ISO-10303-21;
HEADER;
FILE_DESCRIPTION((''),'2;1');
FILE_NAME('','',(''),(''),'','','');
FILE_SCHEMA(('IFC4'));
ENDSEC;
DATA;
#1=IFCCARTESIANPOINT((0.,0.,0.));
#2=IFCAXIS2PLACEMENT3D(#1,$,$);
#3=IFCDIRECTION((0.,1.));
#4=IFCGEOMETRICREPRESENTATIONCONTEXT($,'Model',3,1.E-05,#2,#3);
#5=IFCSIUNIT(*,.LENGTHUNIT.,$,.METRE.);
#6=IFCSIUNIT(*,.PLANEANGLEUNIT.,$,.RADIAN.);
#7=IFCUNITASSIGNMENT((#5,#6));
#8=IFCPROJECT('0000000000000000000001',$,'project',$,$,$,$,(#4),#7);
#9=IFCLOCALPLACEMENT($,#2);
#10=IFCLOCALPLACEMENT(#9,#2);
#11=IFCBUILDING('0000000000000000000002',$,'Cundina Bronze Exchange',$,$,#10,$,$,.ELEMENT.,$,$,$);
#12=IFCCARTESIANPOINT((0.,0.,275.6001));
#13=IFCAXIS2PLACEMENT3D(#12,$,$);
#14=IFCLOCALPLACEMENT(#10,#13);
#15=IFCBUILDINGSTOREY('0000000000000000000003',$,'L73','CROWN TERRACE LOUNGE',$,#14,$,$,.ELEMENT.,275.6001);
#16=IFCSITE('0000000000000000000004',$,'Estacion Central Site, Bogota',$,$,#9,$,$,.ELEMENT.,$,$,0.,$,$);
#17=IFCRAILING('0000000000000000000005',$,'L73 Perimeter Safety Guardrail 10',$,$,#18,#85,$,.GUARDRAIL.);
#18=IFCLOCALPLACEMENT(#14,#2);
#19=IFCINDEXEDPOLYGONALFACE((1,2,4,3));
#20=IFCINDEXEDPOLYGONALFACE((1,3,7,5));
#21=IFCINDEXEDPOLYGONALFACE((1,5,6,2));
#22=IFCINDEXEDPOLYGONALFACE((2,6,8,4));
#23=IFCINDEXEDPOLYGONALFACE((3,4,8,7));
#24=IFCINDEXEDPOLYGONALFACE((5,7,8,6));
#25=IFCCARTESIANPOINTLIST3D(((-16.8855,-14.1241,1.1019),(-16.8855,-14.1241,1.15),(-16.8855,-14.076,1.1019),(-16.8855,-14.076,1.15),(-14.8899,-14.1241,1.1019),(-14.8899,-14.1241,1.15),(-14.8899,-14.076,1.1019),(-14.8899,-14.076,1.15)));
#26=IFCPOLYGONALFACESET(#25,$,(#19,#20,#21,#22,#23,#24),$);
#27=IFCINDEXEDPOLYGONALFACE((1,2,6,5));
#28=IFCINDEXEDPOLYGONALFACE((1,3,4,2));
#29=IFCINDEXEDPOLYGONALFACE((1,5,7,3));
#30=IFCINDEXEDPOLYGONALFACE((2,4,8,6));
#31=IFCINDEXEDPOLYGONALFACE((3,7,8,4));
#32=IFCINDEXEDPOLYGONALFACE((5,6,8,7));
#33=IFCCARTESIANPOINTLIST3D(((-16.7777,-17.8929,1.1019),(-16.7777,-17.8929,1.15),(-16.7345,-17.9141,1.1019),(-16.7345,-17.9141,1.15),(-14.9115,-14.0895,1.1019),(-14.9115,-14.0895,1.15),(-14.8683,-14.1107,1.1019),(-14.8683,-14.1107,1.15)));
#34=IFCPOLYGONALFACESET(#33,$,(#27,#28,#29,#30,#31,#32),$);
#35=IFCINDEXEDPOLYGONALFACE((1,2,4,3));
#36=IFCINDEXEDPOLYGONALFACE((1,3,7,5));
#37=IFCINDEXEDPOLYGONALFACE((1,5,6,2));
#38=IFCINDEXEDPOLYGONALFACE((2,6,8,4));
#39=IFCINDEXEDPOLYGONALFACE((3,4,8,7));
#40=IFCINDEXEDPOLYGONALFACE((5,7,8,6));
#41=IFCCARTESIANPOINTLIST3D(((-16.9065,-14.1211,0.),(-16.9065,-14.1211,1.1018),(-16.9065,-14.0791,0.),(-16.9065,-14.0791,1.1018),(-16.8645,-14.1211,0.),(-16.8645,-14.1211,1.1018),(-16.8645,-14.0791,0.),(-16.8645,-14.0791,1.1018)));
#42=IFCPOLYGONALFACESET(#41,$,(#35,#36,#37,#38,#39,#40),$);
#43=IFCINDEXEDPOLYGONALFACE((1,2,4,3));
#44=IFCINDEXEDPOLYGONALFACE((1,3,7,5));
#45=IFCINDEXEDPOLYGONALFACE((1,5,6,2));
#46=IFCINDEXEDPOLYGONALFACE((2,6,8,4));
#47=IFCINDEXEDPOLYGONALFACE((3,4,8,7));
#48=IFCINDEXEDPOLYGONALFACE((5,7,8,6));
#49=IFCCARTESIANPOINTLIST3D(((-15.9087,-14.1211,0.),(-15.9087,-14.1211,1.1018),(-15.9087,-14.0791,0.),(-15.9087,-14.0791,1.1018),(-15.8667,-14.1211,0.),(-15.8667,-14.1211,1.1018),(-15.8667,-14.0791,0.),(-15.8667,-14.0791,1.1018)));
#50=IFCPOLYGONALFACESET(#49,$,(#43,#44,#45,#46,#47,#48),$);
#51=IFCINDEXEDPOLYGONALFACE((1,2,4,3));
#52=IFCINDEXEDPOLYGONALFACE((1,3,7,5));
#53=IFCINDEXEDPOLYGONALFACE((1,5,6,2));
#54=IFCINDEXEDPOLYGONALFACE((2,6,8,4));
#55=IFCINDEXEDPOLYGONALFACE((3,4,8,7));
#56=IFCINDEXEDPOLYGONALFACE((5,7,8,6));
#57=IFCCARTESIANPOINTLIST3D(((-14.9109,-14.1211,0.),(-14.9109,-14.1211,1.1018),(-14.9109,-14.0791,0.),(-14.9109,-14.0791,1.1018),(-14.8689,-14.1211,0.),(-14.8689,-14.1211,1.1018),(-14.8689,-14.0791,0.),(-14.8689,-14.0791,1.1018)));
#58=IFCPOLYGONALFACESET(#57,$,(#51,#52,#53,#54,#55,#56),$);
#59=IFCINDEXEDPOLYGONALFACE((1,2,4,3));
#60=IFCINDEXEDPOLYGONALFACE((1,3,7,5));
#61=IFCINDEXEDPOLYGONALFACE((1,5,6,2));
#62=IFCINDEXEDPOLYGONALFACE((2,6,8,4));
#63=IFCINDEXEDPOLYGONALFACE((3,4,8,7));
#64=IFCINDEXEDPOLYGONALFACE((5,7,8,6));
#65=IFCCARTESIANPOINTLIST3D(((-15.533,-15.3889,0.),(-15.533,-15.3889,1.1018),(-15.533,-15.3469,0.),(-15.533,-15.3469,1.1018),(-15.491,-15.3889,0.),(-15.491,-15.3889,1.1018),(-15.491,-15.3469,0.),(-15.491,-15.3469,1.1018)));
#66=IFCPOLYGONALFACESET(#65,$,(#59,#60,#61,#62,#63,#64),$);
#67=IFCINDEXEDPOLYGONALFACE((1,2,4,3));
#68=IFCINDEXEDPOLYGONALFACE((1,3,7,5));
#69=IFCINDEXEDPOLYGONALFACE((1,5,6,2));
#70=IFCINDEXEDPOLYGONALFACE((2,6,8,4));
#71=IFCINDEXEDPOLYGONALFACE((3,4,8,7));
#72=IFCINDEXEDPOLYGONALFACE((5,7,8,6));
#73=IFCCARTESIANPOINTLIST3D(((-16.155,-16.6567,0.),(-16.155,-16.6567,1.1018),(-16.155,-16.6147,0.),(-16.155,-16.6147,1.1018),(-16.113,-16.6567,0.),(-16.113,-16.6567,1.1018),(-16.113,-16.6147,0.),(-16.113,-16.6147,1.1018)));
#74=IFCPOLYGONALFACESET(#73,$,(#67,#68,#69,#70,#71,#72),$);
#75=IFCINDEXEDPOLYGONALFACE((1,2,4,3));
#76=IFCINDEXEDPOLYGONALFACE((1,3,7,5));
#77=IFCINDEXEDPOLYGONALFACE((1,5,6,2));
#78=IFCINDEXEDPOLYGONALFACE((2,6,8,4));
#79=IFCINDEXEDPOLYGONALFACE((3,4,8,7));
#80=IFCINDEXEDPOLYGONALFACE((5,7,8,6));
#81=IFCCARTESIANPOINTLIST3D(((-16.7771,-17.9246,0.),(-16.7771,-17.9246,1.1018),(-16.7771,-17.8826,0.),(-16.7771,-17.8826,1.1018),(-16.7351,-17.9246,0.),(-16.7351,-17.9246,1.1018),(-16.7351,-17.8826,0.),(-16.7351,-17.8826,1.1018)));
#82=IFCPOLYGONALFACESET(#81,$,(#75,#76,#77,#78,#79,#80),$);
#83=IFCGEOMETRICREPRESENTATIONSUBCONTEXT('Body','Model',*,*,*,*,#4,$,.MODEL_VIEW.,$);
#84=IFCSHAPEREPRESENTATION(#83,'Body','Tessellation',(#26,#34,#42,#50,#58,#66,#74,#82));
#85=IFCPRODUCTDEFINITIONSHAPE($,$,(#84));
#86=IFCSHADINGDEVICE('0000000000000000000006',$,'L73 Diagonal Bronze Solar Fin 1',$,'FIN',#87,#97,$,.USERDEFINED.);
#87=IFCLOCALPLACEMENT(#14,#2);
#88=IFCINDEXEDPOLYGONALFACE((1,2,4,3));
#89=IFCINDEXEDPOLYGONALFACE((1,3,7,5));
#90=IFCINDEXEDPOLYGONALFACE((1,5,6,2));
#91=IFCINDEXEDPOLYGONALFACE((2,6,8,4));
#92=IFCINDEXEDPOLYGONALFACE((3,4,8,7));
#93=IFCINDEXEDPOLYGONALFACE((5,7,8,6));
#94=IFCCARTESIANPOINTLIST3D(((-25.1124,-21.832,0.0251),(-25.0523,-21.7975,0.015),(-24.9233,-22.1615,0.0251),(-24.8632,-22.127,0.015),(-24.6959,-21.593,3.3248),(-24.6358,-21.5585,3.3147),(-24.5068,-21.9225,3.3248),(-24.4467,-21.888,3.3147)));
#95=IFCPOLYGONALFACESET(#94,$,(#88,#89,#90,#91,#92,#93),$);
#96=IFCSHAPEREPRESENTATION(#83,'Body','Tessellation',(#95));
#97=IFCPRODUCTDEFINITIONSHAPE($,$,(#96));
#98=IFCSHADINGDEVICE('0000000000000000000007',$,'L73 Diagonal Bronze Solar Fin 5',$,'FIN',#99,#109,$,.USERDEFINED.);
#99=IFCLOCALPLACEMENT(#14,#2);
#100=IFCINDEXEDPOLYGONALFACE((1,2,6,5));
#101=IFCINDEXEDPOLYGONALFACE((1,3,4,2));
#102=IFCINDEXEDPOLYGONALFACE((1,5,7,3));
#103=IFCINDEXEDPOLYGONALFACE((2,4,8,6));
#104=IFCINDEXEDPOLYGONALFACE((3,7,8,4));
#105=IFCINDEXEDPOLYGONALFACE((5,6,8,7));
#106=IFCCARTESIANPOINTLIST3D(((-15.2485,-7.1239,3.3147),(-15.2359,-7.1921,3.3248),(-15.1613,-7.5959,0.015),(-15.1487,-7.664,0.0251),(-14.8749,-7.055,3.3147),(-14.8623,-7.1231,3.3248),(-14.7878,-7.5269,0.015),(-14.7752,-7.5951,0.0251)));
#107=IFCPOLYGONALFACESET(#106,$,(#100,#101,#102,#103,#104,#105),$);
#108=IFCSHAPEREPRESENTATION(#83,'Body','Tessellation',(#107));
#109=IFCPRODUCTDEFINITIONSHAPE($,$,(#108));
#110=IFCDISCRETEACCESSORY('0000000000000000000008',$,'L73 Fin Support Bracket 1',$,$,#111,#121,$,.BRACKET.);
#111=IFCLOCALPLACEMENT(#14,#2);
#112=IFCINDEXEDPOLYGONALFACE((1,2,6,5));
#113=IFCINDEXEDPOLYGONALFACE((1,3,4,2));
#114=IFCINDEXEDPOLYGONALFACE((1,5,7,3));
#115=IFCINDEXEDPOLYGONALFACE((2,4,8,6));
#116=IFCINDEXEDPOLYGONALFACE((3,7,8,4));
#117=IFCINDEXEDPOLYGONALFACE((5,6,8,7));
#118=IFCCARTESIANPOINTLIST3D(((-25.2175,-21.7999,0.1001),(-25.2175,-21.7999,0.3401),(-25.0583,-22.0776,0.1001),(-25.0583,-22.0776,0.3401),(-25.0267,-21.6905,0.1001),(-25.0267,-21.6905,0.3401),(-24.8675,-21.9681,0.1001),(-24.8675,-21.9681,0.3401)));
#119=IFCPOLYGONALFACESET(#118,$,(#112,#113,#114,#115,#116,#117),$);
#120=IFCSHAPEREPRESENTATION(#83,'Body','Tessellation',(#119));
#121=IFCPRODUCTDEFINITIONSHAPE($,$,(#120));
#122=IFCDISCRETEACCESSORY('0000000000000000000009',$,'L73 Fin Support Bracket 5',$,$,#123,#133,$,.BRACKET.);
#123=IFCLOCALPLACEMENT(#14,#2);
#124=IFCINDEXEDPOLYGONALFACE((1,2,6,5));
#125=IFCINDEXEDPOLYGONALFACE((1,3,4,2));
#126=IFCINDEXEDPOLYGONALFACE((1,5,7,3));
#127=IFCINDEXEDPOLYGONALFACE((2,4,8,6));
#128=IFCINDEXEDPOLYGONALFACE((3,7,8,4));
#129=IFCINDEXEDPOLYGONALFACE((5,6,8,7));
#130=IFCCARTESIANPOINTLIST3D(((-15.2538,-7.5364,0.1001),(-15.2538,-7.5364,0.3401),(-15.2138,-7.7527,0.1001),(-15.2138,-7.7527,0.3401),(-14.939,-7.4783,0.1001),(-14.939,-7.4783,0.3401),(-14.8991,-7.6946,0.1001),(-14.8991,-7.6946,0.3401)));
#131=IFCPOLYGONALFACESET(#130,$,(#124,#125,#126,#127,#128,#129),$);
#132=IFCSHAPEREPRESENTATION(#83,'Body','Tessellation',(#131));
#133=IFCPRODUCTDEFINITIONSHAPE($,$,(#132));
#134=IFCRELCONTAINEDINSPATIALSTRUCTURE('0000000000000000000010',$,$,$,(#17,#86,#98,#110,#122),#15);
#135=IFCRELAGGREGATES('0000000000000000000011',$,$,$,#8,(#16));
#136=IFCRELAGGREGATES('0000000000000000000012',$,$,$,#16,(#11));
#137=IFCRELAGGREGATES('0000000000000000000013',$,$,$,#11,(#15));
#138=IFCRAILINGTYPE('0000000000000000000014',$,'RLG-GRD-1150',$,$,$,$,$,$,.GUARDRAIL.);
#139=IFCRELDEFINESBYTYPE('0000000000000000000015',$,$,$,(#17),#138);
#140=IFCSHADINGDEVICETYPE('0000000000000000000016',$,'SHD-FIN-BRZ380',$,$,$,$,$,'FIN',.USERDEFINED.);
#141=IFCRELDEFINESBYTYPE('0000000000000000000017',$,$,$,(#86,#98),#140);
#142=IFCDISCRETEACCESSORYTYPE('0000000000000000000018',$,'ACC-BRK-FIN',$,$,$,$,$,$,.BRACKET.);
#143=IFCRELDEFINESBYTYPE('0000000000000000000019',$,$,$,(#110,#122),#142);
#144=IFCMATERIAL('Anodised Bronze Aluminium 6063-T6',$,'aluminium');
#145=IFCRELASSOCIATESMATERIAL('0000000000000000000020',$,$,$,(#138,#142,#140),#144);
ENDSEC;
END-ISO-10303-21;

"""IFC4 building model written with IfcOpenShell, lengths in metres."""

from ifc_helpers import new_model, si_unit, direction, frame, origin, origin_2d, place, context, subcontext, project, spatial, rectangle, extrude, material, material_profile, profile_set, type_object, element, save


model = new_model("IFC4")

# Units and contexts
model_context = context("Model", 3, precision=1e-05, world=origin(), true_north=direction((0.0, 1.0)))
body_context = subcontext(model_context, "Body", "Model", "MODEL_VIEW")
ifc_project = project(units=[si_unit("LENGTHUNIT", "METRE"), si_unit("PLANEANGLEUNIT", "RADIAN")], contexts=[model_context])

# Site, building, storey
site_placement = place(None, origin())
site = spatial("IfcSite", under=ifc_project, at=site_placement, Name="Estacion Central Site, Bogota", CompositionType="ELEMENT", RefElevation=0.0)
building_placement = place(site_placement, origin())
building = spatial("IfcBuilding", under=site, at=building_placement, Name="Cundina Bronze Exchange", CompositionType="ELEMENT")
storey_placement = place(building_placement, frame((0.0, 0.0, 275.6001)))
storey = spatial("IfcBuildingStorey", under=building, at=storey_placement, Name="L73", Description="CROWN TERRACE LOUNGE", CompositionType="ELEMENT", Elevation=275.6001)

# Shared definitions
ifc_material_1 = material(Name="Anodised Bronze Aluminium 6063-T6", Category="aluminium")

# Railing
railing_type = type_object("IfcRailingType", Name="RLG-GRD-1150", PredefinedType="GUARDRAIL", material=ifc_material_1)
railing_1_placement = place(storey_placement, frame((-16.8855, -14.1001, 0.0)))
element("IfcRailing", 1, at=railing_1_placement, inside=storey, type_object=railing_type, Name="L73 Perimeter Safety Guardrail 10", PredefinedType="GUARDRAIL", context=body_context, shape_type="SweptSolid", body=[
    extrude(rectangle(XDim=0.0481, YDim=0.0481, at=origin_2d()), frame((0.0, 0.0, 1.126), z_axis=(1.0, 0.0, 0.0), x_axis=(0.0, 1.0, 0.0)), (0.0, 0.0, 1.0), 1.9956),
    extrude(rectangle(XDim=0.0481, YDim=0.0481, at=origin_2d()), frame((1.9956, 0.0, 1.126), z_axis=(-0.440493, -0.897756, 0.0), x_axis=(0.897756, -0.440493, 0.0)), (0.0, 0.0, 1.0), 4.2366),
    extrude(rectangle(XDim=0.042, YDim=0.042, at=origin_2d()), origin(), (0.0, 0.0, 1.0), 1.1018),
    extrude(rectangle(XDim=0.042, YDim=0.042, at=origin_2d()), frame((0.9978, 0.0, 0.0)), (0.0, 0.0, 1.0), 1.1018),
    extrude(rectangle(XDim=0.042, YDim=0.042, at=origin_2d()), frame((1.9956, 0.0, 0.0)), (0.0, 0.0, 1.0), 1.1018),
    extrude(rectangle(XDim=0.042, YDim=0.042, at=origin_2d()), frame((1.3735, -1.2678, 0.0)), (0.0, 0.0, 1.0), 1.1018),
    extrude(rectangle(XDim=0.042, YDim=0.042, at=origin_2d()), frame((0.7515, -2.5356, 0.0)), (0.0, 0.0, 1.0), 1.1018),
    extrude(rectangle(XDim=0.042, YDim=0.042, at=origin_2d()), frame((0.1294, -3.8035, 0.0)), (0.0, 0.0, 1.0), 1.1018),
])

# Shading devices
ifc_material_profile_1 = material_profile(ifc_material_1, rectangle(XDim=0.0701, YDim=0.3799, at=origin_2d()), Name="FIN70X380", Category="aluminium")
ifc_profile_set_1 = profile_set([ifc_material_profile_1], Name="Anodised Bronze Aluminium 6063-T6")
shading_device_type = type_object("IfcShadingDeviceType", Name="SHD-FIN-BRZ380", ElementType="FIN", PredefinedType="USERDEFINED", material=ifc_profile_set_1)
for number, where, z_axis, x_axis, name in (
    (2, (-24.9878, -21.9795, 0.02), (0.124905, 0.071678, 0.989576), (-0.858293, -0.492538, 0.14401), "L73 Diagonal Bronze Solar Fin 1"),
    (3, (-14.9683, -7.5955, 0.02), (-0.026138, 0.141527, 0.989589), (0.179725, -0.973132, 0.14392), "L73 Diagonal Bronze Solar Fin 5"),
):
    element("IfcShadingDevice", number, at=place(storey_placement, frame(where, z_axis=z_axis, x_axis=x_axis)), inside=storey, type_object=shading_device_type, Name=name, ObjectType="FIN", PredefinedType="USERDEFINED", context=body_context, shape_type="SweptSolid", body=[
        extrude(rectangle(XDim=0.0701, YDim=0.3799, at=origin_2d()), origin(), (0.0, 0.0, 1.0), 3.3345),
    ])

# Discrete accessories
discrete_accessory_type = type_object("IfcDiscreteAccessoryType", Name="ACC-BRK-FIN", PredefinedType="BRACKET", material=ifc_material_1)
for number, where, z_axis, x_axis, name in (
    (4, (-25.0425, -21.884, 0.1001), (0.0, 0.0, 1.0), (0.867453, 0.497519, 0.0), "L73 Fin Support Bracket 1"),
    (5, (-15.0764, -7.6155, 0.1001), (0.0, 0.0, 1.0), (-0.181566, 0.983379, 0.0), "L73 Fin Support Bracket 5"),
):
    element("IfcDiscreteAccessory", number, at=place(storey_placement, frame(where, z_axis=z_axis, x_axis=x_axis)), inside=storey, type_object=discrete_accessory_type, Name=name, PredefinedType="BRACKET", context=body_context, shape_type="SweptSolid", body=[
        extrude(rectangle(XDim=0.22, YDim=0.3201, at=origin_2d()), origin(), (0.0, 0.0, 1.0), 0.24),
    ])

save(model, "model.ifc")
